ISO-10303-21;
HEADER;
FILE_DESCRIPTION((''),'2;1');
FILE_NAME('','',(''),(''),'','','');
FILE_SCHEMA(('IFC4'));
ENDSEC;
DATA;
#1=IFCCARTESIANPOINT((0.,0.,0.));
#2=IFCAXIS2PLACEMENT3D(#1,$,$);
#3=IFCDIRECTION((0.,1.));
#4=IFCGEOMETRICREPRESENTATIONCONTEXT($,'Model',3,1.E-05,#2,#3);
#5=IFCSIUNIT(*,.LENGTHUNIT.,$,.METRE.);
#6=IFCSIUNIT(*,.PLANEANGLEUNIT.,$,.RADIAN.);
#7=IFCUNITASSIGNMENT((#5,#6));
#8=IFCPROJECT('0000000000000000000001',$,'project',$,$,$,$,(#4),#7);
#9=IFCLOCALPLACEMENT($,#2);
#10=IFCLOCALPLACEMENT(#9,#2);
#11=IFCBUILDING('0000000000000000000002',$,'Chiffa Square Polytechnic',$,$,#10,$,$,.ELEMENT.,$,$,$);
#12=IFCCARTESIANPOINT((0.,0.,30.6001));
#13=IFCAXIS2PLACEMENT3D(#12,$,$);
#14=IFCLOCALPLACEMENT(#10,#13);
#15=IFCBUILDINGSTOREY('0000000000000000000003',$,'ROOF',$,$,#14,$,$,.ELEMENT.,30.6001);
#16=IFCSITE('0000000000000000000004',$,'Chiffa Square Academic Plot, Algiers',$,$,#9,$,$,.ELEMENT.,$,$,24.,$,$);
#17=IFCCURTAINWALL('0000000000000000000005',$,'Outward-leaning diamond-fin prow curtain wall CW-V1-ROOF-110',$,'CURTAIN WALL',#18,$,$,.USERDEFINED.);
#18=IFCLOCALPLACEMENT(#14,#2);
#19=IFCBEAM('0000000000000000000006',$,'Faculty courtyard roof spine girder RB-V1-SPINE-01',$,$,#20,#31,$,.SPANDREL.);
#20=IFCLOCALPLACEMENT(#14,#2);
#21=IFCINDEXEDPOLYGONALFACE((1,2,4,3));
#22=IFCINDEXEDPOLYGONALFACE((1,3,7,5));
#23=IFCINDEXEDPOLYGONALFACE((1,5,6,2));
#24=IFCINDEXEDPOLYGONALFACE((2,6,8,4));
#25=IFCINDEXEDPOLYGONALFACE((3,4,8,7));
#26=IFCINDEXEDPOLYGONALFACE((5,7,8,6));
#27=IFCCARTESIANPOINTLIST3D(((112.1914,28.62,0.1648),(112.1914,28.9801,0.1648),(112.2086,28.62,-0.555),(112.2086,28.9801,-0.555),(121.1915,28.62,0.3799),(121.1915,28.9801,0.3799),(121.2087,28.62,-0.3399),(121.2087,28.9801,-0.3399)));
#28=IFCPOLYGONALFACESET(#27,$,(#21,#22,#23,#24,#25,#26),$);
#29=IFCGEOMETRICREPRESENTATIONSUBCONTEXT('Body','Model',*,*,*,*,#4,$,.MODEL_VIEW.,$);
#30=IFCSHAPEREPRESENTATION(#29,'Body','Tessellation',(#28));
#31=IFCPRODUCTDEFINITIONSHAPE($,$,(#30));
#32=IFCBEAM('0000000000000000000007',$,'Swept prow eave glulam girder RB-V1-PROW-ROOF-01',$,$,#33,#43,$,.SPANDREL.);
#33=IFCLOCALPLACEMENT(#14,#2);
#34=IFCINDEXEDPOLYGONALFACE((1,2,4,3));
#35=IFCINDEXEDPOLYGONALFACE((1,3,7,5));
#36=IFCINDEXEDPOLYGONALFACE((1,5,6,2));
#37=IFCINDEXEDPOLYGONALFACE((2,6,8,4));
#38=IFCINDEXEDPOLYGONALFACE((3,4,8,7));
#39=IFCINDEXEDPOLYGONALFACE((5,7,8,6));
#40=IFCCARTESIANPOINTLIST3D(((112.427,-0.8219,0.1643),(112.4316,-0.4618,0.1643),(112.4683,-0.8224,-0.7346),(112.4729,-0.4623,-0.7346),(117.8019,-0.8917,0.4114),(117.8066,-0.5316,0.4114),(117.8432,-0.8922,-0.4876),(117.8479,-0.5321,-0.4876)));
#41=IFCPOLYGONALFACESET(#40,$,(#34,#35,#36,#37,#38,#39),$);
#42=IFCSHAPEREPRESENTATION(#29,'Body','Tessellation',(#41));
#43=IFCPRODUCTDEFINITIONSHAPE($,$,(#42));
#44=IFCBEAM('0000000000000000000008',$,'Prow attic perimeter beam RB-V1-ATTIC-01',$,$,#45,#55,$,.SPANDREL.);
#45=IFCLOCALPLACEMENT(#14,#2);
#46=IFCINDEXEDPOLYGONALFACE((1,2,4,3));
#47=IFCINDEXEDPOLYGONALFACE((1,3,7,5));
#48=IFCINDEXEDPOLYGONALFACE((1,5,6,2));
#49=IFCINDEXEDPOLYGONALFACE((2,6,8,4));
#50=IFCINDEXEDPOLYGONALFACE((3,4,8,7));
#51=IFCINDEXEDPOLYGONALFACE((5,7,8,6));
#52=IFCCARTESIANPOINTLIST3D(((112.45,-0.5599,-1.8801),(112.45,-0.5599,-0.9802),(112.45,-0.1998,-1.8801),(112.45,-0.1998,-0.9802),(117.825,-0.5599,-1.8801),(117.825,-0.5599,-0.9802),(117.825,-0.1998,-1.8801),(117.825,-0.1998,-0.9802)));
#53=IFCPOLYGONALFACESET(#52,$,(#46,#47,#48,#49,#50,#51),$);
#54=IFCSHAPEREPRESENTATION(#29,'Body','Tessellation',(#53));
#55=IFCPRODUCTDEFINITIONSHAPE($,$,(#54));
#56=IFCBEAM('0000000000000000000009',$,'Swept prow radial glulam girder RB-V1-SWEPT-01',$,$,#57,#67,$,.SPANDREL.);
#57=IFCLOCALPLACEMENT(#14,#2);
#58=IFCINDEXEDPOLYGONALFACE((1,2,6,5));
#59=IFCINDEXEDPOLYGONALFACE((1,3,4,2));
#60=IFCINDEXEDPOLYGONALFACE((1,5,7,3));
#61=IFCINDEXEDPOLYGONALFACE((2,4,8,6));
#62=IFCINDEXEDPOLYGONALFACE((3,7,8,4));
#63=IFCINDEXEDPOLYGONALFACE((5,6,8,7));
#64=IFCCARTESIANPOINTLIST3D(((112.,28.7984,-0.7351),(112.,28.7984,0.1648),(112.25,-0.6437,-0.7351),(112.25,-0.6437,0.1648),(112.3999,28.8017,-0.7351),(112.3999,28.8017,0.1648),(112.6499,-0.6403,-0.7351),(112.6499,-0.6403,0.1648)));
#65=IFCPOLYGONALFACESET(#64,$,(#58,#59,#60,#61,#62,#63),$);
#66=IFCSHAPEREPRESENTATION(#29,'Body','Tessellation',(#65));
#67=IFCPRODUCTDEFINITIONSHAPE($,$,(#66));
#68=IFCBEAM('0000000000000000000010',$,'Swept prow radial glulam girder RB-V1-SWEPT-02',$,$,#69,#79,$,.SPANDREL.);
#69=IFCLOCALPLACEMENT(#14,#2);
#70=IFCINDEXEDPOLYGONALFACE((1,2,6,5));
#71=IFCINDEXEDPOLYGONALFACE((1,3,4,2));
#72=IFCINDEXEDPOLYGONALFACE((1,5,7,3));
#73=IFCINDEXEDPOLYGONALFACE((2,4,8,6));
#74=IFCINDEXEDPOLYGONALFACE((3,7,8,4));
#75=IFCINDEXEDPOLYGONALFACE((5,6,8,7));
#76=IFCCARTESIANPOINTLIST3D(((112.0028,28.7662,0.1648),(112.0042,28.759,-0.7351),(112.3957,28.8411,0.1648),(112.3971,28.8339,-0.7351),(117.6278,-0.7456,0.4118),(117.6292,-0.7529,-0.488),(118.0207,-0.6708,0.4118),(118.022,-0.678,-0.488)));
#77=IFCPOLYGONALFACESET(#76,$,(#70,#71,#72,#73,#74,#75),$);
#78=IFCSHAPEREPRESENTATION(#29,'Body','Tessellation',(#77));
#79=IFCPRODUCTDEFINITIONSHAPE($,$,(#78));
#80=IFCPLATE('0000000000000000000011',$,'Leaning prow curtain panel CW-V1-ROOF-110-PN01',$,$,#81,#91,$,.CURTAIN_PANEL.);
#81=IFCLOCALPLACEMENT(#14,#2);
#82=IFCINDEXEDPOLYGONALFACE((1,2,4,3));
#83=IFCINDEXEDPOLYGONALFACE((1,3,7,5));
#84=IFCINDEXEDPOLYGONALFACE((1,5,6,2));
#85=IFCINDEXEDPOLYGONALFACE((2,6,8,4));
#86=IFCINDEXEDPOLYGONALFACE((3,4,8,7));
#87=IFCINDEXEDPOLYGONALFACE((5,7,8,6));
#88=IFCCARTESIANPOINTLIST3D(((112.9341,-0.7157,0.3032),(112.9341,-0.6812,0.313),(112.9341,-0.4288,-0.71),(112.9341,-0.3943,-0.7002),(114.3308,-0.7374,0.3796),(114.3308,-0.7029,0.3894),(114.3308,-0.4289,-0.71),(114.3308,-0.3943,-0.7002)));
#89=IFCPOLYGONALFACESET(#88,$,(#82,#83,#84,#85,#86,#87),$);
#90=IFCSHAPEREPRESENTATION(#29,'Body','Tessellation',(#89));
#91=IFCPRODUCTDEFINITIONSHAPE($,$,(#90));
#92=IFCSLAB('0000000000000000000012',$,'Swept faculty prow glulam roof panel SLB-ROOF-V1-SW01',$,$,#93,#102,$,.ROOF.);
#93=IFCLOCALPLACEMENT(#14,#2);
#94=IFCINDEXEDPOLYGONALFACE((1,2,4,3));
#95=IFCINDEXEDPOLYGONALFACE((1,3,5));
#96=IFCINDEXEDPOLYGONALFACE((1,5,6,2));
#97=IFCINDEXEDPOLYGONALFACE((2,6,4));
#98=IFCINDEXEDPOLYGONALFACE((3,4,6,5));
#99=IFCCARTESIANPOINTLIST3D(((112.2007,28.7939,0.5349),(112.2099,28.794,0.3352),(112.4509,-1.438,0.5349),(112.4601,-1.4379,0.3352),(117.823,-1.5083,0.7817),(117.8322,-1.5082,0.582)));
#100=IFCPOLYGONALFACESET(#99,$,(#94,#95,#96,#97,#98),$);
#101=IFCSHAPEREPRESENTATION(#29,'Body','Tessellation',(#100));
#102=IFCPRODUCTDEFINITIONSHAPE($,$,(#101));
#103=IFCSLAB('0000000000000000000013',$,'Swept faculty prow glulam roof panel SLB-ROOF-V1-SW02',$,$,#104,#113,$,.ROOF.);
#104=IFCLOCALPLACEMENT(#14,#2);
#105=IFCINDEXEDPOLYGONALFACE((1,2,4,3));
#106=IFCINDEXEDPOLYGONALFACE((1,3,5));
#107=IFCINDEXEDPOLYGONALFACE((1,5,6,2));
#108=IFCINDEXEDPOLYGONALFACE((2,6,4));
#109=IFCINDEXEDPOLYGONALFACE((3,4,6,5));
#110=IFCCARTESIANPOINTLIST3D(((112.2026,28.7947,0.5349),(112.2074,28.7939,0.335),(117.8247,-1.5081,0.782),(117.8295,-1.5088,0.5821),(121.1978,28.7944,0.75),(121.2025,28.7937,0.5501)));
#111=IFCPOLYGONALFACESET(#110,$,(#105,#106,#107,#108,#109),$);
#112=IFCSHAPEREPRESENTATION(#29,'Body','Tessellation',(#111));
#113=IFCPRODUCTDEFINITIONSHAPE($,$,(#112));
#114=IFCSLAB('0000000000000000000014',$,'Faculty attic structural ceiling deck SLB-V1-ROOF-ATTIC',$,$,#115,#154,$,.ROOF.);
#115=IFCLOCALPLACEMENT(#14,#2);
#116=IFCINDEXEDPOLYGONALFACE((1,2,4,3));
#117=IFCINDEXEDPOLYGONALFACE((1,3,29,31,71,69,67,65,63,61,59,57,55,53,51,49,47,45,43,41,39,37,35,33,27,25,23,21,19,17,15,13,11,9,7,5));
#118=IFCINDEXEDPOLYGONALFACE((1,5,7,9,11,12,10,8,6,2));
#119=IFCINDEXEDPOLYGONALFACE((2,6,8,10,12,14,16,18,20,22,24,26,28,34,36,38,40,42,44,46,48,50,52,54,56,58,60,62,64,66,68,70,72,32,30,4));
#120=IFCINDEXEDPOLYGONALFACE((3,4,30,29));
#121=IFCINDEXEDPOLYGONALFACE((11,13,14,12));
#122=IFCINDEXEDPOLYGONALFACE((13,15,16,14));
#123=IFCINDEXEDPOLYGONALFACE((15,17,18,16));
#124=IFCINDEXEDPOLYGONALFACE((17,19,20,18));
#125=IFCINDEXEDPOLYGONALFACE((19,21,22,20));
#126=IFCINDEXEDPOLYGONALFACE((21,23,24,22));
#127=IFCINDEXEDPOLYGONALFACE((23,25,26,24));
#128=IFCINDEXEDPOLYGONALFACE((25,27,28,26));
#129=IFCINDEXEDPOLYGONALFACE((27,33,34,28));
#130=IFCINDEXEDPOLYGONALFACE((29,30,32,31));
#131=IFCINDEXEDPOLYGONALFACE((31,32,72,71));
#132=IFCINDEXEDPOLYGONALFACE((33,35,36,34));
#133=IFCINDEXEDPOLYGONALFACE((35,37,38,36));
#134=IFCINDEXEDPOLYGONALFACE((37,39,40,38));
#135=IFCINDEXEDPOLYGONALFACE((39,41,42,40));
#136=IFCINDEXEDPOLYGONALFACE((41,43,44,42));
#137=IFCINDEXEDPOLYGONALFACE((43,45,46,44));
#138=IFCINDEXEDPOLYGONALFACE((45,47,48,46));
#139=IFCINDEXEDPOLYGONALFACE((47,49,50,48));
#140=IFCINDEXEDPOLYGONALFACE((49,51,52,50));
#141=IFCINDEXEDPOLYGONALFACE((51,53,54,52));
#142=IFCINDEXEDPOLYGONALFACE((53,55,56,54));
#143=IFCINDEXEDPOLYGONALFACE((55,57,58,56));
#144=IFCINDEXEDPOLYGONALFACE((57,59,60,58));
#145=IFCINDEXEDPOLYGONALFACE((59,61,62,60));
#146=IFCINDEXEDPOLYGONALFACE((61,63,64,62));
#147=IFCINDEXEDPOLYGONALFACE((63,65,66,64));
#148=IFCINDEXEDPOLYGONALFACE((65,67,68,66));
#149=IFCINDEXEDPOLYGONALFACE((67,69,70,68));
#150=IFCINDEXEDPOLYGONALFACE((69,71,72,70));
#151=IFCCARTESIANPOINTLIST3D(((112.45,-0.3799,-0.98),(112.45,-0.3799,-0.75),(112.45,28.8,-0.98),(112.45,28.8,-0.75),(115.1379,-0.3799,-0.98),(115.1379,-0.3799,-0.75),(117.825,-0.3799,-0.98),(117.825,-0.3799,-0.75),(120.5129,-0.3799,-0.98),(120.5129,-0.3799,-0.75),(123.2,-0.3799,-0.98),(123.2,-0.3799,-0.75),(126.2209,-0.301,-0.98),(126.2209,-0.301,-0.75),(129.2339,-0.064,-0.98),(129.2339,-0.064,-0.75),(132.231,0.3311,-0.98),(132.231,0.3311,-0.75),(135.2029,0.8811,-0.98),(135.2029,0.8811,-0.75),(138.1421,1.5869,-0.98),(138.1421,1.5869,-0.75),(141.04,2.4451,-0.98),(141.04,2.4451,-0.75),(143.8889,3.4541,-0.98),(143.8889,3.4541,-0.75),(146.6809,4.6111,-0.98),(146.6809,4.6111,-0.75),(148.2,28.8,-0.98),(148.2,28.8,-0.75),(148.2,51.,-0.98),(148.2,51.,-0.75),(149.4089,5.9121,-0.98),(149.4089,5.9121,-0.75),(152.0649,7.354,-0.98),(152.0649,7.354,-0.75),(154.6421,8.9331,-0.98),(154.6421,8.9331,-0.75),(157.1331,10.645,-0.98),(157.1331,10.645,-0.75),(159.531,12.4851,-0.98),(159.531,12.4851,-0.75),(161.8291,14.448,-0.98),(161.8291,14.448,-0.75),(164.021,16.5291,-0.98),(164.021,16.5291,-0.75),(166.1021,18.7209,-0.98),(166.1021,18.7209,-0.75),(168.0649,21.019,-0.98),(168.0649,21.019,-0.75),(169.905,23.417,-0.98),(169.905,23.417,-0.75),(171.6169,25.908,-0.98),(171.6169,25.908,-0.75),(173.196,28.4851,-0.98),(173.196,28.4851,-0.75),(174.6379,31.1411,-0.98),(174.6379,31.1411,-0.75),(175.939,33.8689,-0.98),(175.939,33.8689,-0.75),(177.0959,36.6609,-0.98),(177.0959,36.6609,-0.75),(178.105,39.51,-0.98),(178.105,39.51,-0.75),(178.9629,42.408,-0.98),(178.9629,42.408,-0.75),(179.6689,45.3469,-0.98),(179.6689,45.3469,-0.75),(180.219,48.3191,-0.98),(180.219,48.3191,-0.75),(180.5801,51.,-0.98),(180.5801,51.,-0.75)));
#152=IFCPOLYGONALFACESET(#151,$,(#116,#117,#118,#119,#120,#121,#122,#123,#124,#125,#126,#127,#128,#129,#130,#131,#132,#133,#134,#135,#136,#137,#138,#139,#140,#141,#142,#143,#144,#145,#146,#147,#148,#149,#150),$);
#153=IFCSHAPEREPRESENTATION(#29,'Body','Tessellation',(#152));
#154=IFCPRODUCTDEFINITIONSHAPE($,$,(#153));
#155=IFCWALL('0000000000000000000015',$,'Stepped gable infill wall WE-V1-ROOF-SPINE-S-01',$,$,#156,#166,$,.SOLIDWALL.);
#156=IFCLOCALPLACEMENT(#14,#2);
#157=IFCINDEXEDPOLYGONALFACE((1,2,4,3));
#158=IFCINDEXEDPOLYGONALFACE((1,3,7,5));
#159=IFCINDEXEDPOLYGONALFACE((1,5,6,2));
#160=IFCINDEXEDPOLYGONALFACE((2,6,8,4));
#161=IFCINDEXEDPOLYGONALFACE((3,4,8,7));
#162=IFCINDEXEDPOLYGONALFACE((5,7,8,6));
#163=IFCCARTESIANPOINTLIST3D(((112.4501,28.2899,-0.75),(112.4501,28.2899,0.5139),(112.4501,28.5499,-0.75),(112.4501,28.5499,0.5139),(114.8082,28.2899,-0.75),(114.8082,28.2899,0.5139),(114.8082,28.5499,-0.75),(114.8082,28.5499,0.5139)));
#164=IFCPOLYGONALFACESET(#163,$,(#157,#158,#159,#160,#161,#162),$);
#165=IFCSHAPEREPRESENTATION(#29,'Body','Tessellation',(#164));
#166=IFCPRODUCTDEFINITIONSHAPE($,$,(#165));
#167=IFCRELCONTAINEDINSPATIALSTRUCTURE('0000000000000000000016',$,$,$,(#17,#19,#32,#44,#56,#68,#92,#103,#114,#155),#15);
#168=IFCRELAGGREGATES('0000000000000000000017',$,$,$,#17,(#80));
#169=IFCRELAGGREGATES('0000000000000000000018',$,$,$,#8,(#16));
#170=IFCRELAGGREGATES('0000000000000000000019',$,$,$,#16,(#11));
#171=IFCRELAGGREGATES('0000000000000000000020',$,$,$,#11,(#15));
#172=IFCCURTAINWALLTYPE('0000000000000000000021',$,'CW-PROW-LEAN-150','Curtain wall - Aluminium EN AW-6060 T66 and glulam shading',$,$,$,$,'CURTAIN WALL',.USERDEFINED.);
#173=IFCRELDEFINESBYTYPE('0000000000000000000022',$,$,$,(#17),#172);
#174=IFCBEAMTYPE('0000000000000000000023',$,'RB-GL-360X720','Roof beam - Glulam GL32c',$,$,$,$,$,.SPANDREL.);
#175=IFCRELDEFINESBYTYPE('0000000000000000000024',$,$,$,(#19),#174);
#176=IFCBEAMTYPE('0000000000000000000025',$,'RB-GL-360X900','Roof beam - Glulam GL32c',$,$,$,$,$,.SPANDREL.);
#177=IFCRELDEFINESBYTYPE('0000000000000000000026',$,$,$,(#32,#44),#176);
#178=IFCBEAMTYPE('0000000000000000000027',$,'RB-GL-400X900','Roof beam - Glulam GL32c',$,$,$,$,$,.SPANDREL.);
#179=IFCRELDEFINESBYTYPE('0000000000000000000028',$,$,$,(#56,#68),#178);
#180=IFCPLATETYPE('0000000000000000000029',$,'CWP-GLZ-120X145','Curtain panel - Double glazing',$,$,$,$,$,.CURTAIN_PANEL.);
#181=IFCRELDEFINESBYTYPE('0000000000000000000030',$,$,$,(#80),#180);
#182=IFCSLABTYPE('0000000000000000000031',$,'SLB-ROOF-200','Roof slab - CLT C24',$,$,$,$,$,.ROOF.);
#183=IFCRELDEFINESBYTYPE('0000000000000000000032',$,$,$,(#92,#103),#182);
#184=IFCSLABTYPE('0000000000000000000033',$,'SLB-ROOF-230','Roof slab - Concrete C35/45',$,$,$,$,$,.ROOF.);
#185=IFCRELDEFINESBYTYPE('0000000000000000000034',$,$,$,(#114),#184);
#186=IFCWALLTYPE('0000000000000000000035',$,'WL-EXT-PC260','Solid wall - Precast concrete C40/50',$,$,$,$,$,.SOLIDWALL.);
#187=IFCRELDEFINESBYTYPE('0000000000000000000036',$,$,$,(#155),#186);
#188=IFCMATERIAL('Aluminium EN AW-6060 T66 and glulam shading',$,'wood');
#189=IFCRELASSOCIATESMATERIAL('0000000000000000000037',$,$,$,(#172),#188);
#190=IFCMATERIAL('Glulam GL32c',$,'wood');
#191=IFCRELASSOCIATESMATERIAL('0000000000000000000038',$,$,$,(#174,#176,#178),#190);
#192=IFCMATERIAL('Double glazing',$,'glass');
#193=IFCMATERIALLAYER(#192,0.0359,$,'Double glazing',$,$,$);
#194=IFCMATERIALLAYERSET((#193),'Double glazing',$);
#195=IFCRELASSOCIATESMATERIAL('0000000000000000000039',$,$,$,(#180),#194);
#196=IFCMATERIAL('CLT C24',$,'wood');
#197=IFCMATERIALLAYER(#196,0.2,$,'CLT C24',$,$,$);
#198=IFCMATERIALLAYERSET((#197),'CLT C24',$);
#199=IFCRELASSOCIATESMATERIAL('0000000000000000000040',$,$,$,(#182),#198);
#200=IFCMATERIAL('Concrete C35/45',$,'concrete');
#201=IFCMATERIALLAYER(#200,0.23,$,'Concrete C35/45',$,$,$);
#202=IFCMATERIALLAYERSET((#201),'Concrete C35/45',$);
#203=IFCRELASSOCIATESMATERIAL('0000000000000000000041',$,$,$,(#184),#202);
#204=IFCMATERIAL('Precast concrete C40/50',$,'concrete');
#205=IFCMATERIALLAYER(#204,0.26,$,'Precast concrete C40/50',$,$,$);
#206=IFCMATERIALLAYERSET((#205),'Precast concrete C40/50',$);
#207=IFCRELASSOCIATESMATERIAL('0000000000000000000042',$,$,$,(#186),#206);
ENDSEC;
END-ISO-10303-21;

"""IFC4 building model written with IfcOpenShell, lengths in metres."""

from ifc_helpers import new_model, si_unit, direction, frame, frame_2d, origin, origin_2d, place, context, subcontext, project, spatial, polyline, rectangle, outline, extrude, material, layer, layer_set, material_profile, profile_set, type_object, element, aggregate, save


model = new_model("IFC4")

# Units and contexts
model_context = context("Model", 3, precision=1e-05, world=origin(), true_north=direction((0.0, 1.0)))
body_context = subcontext(model_context, "Body", "Model", "MODEL_VIEW")
ifc_project = project(units=[si_unit("LENGTHUNIT", "METRE"), si_unit("PLANEANGLEUNIT", "RADIAN")], contexts=[model_context])

# Site, building, storey
site_placement = place(None, origin())
site = spatial("IfcSite", under=ifc_project, at=site_placement, Name="Chiffa Square Academic Plot, Algiers", CompositionType="ELEMENT", RefElevation=24.0)
building_placement = place(site_placement, origin())
building = spatial("IfcBuilding", under=site, at=building_placement, Name="Chiffa Square Polytechnic", CompositionType="ELEMENT")
storey_placement = place(building_placement, frame((0.0, 0.0, 30.6001)))
storey = spatial("IfcBuildingStorey", under=building, at=storey_placement, Name="ROOF", CompositionType="ELEMENT", Elevation=30.6001)

# Shared definitions
ifc_material_1 = material(Name="Glulam GL32c", Category="wood")

# Curtain wall
ifc_material_2 = material(Name="Aluminium EN AW-6060 T66 and glulam shading", Category="wood")
curtain_wall_type = type_object("IfcCurtainWallType", Name="CW-PROW-LEAN-150", Description="Curtain wall - Aluminium EN AW-6060 T66 and glulam shading", ElementType="CURTAIN WALL", PredefinedType="USERDEFINED", material=ifc_material_2)
curtain_wall_placement = place(storey_placement, origin())
curtain_wall = element("IfcCurtainWall", 1, at=curtain_wall_placement, inside=storey, type_object=curtain_wall_type, Name="Outward-leaning diamond-fin prow curtain wall CW-V1-ROOF-110", ObjectType="CURTAIN WALL", PredefinedType="USERDEFINED")

# Beams
ifc_material_profile_1 = material_profile(ifc_material_1, rectangle(XDim=0.3601, YDim=0.72, at=origin_2d()), Name="GL32c 360x720")
ifc_profile_set_1 = profile_set([ifc_material_profile_1], Name="Glulam GL32c")
beam_type_1 = type_object("IfcBeamType", Name="RB-GL-360X720", Description="Roof beam - Glulam GL32c", PredefinedType="SPANDREL", material=ifc_profile_set_1)
beam_1_placement = place(storey_placement, frame((112.2, 28.8, -0.1951), z_axis=(0.999715, 0.0, 0.023892), x_axis=(0.0, 1.0, 0.0)))
element("IfcBeam", 2, at=beam_1_placement, inside=storey, type_object=beam_type_1, Name="Faculty courtyard roof spine girder RB-V1-SPINE-01", PredefinedType="SPANDREL", context=body_context, shape_type="SweptSolid", body=[
    extrude(rectangle(XDim=0.3601, YDim=0.72, at=origin_2d()), origin(), (0.0, 0.0, 1.0), 9.0027),
])
ifc_material_profile_2 = material_profile(ifc_material_1, rectangle(XDim=0.3601, YDim=0.8999, at=origin_2d()), Name="GL32c 360x900")
ifc_profile_set_2 = profile_set([ifc_material_profile_2], Name="Glulam GL32c")
beam_type_2 = type_object("IfcBeamType", Name="RB-GL-360X900", Description="Roof beam - Glulam GL32c", PredefinedType="SPANDREL", material=ifc_profile_set_2)
beam_2_placement = place(storey_placement, frame((112.45, -0.6421, -0.2852), z_axis=(0.998861, -0.012976, 0.045914), x_axis=(0.012989, 0.999916, 0.0)))
element("IfcBeam", 3, at=beam_2_placement, inside=storey, type_object=beam_type_2, Name="Swept prow eave glulam girder RB-V1-PROW-ROOF-01", PredefinedType="SPANDREL", context=body_context, shape_type="SweptSolid", body=[
    extrude(rectangle(XDim=0.3601, YDim=0.8999, at=origin_2d()), origin(), (0.0, 0.0, 1.0), 5.3811),
])
beam_3_placement = place(storey_placement, frame((112.45, -0.3799, -1.4302), z_axis=(1.0, 0.0, 0.0), x_axis=(0.0, 1.0, 0.0)))
element("IfcBeam", 4, at=beam_3_placement, inside=storey, type_object=beam_type_2, Name="Prow attic perimeter beam RB-V1-ATTIC-01", PredefinedType="SPANDREL", context=body_context, shape_type="SweptSolid", body=[
    extrude(rectangle(XDim=0.3601, YDim=0.8999, at=origin_2d()), origin(), (0.0, 0.0, 1.0), 5.375),
])
ifc_material_profile_3 = material_profile(ifc_material_1, rectangle(XDim=0.3999, YDim=0.8999, at=origin_2d()), Name="GL32c 400x900")
ifc_profile_set_3 = profile_set([ifc_material_profile_3], Name="Glulam GL32c")
beam_type_3 = type_object("IfcBeamType", Name="RB-GL-400X900", Description="Roof beam - Glulam GL32c", PredefinedType="SPANDREL", material=ifc_profile_set_3)
beam_4_placement = place(storey_placement, frame((112.2, 28.8, -0.2852), z_axis=(0.008491, -0.999964, 0.0), x_axis=(0.999964, 0.008491, 0.0)))
element("IfcBeam", 5, at=beam_4_placement, inside=storey, type_object=beam_type_3, Name="Swept prow radial glulam girder RB-V1-SWEPT-01", PredefinedType="SPANDREL", context=body_context, shape_type="SweptSolid", body=[
    extrude(rectangle(XDim=0.3999, YDim=0.8999, at=origin_2d()), origin(), (0.0, 0.0, 1.0), 29.4431),
])
beam_5_placement = place(storey_placement, frame((112.2, 28.8, -0.2852), z_axis=(0.187224, -0.982283, 0.008224), x_axis=(0.982316, 0.18723, 0.0)))
element("IfcBeam", 6, at=beam_5_placement, inside=storey, type_object=beam_type_3, Name="Swept prow radial glulam girder RB-V1-SWEPT-02", PredefinedType="SPANDREL", context=body_context, shape_type="SweptSolid", body=[
    extrude(rectangle(XDim=0.3999, YDim=0.8999, at=origin_2d()), origin(), (0.0, 0.0, 1.0), 30.0442),
])

# Plate
ifc_material_3 = material(Name="Double glazing", Category="glass")
ifc_layer_1 = layer(ifc_material_3, 0.0359, Name="Double glazing")
ifc_layer_set_1 = layer_set([ifc_layer_1], Name="Double glazing")
plate_type = type_object("IfcPlateType", Name="CWP-GLZ-120X145", Description="Curtain panel - Double glazing", PredefinedType="CURTAIN_PANEL", material=ifc_layer_set_1)
plate_placement = place(storey_placement, frame((112.9341, -0.3943, -0.7002), z_axis=(0.000031, 0.962166, 0.272463), x_axis=(1.0, -0.00003, -0.000008)))
plate = element("IfcPlate", 7, at=plate_placement, type_object=plate_type, Name="Leaning prow curtain panel CW-V1-ROOF-110-PN01", PredefinedType="CURTAIN_PANEL", context=body_context, shape_type="SweptSolid", body=[
    extrude(outline(polyline([(0.0, 0.0), (1.3967, 0.0), (1.3967, -1.1325), (0.0, -1.053), (0.0, 0.0)])), origin(), (0.0, 0.0, -1.0), 0.0359),
])
aggregate(curtain_wall, [plate])

# Slabs
ifc_material_4 = material(Name="CLT C24", Category="wood")
ifc_layer_2 = layer(ifc_material_4, 0.2, Name="CLT C24")
ifc_layer_set_2 = layer_set([ifc_layer_2], Name="CLT C24")
slab_type_1 = type_object("IfcSlabType", Name="SLB-ROOF-200", Description="Roof slab - CLT C24", PredefinedType="ROOF", material=ifc_layer_set_2)
slab_1_placement = place(storey_placement, frame((112.2007, 28.7939, 0.5349), z_axis=(-0.045903, -0.00038, 0.998946), x_axis=(0.008277, -0.999966, 0.0)))
element("IfcSlab", 8, at=slab_1_placement, inside=storey, type_object=slab_type_1, Name="Swept faculty prow glulam roof panel SLB-ROOF-V1-SW01", PredefinedType="ROOF", context=body_context, shape_type="SweptSolid", body=[
    extrude(outline(polyline([(0.0, 0.0), (30.233, 0.0), (30.3477, 5.377), (0.0, 0.0)])), origin(), (0.0, 0.0, -1.0), 0.2),
])
slab_2_placement = place(storey_placement, frame((112.2026, 28.7947, 0.5349), z_axis=(-0.023905, 0.003716, 0.999707), x_axis=(0.182411, -0.98319, 0.008016)))
element("IfcSlab", 9, at=slab_2_placement, inside=storey, type_object=slab_type_1, Name="Swept faculty prow glulam roof panel SLB-ROOF-V1-SW02", PredefinedType="ROOF", context=body_context, shape_type="SweptSolid", body=[
    extrude(outline(polyline([(0.0, 0.0), (30.8208, 0.0), (1.6428, 8.8465), (0.0, 0.0)])), origin(), (0.0, 0.0, -1.0), 0.2),
])
ifc_material_5 = material(Name="Concrete C35/45", Category="concrete")
ifc_layer_3 = layer(ifc_material_5, 0.23, Name="Concrete C35/45")
ifc_layer_set_3 = layer_set([ifc_layer_3], Name="Concrete C35/45")
slab_type_2 = type_object("IfcSlabType", Name="SLB-ROOF-230", Description="Roof slab - Concrete C35/45", PredefinedType="ROOF", material=ifc_layer_set_3)
slab_3_placement = place(storey_placement, frame((0.0, 0.0, -0.98)))
element("IfcSlab", 10, at=slab_3_placement, inside=storey, type_object=slab_type_2, Name="Faculty attic structural ceiling deck SLB-V1-ROOF-ATTIC", PredefinedType="ROOF", context=body_context, shape_type="SweptSolid", body=[
    extrude(outline(polyline([(112.45, -0.3799), (115.1379, -0.3799), (117.825, -0.3799), (120.5129, -0.3799), (123.2, -0.3799), (126.2209, -0.301), (129.2339, -0.064), (132.231, 0.3311), (135.2029, 0.8811), (138.1421, 1.5869), (141.04, 2.4451), (143.8889, 3.4541), (146.6809, 4.6111), (149.4089, 5.9121), (152.0649, 7.354), (154.6421, 8.9331), (157.1331, 10.645), (159.531, 12.4851), (161.8291, 14.448), (164.021, 16.5291), (166.1021, 18.7209), (168.0649, 21.019), (169.905, 23.417), (171.6169, 25.908), (173.196, 28.4851), (174.6379, 31.1411), (175.939, 33.8689), (177.0959, 36.6609), (178.105, 39.51), (178.9629, 42.408), (179.6689, 45.3469), (180.219, 48.3191), (180.5801, 51.0), (148.2, 51.0), (148.2, 28.8), (112.45, 28.8), (112.45, -0.3799)])), origin(), (0.0, 0.0, 1.0), 0.23),
])

# Wall
ifc_material_6 = material(Name="Precast concrete C40/50", Category="concrete")
ifc_layer_4 = layer(ifc_material_6, 0.26, Name="Precast concrete C40/50")
ifc_layer_set_4 = layer_set([ifc_layer_4], Name="Precast concrete C40/50")
wall_type_1 = type_object("IfcWallType", Name="WL-EXT-PC260", Description="Solid wall - Precast concrete C40/50", PredefinedType="SOLIDWALL", material=ifc_layer_set_4)
wall_1_placement = place(storey_placement, frame((112.45, 28.4199, -0.75), z_axis=(0.0, 0.0, 1.0), x_axis=(1.0, 0.0, 0.0)))
element("IfcWall", 11, at=wall_1_placement, inside=storey, type_object=wall_type_1, Name="Stepped gable infill wall WE-V1-ROOF-SPINE-S-01", PredefinedType="SOLIDWALL", context=body_context, shape_type="SweptSolid", body=[
    extrude(rectangle(XDim=2.3582, YDim=0.26, at=frame_2d((1.1792, 0.0))), origin(), (0.0, 0.0, 1.0), 1.2639),
])

save(model, "model.ifc")
